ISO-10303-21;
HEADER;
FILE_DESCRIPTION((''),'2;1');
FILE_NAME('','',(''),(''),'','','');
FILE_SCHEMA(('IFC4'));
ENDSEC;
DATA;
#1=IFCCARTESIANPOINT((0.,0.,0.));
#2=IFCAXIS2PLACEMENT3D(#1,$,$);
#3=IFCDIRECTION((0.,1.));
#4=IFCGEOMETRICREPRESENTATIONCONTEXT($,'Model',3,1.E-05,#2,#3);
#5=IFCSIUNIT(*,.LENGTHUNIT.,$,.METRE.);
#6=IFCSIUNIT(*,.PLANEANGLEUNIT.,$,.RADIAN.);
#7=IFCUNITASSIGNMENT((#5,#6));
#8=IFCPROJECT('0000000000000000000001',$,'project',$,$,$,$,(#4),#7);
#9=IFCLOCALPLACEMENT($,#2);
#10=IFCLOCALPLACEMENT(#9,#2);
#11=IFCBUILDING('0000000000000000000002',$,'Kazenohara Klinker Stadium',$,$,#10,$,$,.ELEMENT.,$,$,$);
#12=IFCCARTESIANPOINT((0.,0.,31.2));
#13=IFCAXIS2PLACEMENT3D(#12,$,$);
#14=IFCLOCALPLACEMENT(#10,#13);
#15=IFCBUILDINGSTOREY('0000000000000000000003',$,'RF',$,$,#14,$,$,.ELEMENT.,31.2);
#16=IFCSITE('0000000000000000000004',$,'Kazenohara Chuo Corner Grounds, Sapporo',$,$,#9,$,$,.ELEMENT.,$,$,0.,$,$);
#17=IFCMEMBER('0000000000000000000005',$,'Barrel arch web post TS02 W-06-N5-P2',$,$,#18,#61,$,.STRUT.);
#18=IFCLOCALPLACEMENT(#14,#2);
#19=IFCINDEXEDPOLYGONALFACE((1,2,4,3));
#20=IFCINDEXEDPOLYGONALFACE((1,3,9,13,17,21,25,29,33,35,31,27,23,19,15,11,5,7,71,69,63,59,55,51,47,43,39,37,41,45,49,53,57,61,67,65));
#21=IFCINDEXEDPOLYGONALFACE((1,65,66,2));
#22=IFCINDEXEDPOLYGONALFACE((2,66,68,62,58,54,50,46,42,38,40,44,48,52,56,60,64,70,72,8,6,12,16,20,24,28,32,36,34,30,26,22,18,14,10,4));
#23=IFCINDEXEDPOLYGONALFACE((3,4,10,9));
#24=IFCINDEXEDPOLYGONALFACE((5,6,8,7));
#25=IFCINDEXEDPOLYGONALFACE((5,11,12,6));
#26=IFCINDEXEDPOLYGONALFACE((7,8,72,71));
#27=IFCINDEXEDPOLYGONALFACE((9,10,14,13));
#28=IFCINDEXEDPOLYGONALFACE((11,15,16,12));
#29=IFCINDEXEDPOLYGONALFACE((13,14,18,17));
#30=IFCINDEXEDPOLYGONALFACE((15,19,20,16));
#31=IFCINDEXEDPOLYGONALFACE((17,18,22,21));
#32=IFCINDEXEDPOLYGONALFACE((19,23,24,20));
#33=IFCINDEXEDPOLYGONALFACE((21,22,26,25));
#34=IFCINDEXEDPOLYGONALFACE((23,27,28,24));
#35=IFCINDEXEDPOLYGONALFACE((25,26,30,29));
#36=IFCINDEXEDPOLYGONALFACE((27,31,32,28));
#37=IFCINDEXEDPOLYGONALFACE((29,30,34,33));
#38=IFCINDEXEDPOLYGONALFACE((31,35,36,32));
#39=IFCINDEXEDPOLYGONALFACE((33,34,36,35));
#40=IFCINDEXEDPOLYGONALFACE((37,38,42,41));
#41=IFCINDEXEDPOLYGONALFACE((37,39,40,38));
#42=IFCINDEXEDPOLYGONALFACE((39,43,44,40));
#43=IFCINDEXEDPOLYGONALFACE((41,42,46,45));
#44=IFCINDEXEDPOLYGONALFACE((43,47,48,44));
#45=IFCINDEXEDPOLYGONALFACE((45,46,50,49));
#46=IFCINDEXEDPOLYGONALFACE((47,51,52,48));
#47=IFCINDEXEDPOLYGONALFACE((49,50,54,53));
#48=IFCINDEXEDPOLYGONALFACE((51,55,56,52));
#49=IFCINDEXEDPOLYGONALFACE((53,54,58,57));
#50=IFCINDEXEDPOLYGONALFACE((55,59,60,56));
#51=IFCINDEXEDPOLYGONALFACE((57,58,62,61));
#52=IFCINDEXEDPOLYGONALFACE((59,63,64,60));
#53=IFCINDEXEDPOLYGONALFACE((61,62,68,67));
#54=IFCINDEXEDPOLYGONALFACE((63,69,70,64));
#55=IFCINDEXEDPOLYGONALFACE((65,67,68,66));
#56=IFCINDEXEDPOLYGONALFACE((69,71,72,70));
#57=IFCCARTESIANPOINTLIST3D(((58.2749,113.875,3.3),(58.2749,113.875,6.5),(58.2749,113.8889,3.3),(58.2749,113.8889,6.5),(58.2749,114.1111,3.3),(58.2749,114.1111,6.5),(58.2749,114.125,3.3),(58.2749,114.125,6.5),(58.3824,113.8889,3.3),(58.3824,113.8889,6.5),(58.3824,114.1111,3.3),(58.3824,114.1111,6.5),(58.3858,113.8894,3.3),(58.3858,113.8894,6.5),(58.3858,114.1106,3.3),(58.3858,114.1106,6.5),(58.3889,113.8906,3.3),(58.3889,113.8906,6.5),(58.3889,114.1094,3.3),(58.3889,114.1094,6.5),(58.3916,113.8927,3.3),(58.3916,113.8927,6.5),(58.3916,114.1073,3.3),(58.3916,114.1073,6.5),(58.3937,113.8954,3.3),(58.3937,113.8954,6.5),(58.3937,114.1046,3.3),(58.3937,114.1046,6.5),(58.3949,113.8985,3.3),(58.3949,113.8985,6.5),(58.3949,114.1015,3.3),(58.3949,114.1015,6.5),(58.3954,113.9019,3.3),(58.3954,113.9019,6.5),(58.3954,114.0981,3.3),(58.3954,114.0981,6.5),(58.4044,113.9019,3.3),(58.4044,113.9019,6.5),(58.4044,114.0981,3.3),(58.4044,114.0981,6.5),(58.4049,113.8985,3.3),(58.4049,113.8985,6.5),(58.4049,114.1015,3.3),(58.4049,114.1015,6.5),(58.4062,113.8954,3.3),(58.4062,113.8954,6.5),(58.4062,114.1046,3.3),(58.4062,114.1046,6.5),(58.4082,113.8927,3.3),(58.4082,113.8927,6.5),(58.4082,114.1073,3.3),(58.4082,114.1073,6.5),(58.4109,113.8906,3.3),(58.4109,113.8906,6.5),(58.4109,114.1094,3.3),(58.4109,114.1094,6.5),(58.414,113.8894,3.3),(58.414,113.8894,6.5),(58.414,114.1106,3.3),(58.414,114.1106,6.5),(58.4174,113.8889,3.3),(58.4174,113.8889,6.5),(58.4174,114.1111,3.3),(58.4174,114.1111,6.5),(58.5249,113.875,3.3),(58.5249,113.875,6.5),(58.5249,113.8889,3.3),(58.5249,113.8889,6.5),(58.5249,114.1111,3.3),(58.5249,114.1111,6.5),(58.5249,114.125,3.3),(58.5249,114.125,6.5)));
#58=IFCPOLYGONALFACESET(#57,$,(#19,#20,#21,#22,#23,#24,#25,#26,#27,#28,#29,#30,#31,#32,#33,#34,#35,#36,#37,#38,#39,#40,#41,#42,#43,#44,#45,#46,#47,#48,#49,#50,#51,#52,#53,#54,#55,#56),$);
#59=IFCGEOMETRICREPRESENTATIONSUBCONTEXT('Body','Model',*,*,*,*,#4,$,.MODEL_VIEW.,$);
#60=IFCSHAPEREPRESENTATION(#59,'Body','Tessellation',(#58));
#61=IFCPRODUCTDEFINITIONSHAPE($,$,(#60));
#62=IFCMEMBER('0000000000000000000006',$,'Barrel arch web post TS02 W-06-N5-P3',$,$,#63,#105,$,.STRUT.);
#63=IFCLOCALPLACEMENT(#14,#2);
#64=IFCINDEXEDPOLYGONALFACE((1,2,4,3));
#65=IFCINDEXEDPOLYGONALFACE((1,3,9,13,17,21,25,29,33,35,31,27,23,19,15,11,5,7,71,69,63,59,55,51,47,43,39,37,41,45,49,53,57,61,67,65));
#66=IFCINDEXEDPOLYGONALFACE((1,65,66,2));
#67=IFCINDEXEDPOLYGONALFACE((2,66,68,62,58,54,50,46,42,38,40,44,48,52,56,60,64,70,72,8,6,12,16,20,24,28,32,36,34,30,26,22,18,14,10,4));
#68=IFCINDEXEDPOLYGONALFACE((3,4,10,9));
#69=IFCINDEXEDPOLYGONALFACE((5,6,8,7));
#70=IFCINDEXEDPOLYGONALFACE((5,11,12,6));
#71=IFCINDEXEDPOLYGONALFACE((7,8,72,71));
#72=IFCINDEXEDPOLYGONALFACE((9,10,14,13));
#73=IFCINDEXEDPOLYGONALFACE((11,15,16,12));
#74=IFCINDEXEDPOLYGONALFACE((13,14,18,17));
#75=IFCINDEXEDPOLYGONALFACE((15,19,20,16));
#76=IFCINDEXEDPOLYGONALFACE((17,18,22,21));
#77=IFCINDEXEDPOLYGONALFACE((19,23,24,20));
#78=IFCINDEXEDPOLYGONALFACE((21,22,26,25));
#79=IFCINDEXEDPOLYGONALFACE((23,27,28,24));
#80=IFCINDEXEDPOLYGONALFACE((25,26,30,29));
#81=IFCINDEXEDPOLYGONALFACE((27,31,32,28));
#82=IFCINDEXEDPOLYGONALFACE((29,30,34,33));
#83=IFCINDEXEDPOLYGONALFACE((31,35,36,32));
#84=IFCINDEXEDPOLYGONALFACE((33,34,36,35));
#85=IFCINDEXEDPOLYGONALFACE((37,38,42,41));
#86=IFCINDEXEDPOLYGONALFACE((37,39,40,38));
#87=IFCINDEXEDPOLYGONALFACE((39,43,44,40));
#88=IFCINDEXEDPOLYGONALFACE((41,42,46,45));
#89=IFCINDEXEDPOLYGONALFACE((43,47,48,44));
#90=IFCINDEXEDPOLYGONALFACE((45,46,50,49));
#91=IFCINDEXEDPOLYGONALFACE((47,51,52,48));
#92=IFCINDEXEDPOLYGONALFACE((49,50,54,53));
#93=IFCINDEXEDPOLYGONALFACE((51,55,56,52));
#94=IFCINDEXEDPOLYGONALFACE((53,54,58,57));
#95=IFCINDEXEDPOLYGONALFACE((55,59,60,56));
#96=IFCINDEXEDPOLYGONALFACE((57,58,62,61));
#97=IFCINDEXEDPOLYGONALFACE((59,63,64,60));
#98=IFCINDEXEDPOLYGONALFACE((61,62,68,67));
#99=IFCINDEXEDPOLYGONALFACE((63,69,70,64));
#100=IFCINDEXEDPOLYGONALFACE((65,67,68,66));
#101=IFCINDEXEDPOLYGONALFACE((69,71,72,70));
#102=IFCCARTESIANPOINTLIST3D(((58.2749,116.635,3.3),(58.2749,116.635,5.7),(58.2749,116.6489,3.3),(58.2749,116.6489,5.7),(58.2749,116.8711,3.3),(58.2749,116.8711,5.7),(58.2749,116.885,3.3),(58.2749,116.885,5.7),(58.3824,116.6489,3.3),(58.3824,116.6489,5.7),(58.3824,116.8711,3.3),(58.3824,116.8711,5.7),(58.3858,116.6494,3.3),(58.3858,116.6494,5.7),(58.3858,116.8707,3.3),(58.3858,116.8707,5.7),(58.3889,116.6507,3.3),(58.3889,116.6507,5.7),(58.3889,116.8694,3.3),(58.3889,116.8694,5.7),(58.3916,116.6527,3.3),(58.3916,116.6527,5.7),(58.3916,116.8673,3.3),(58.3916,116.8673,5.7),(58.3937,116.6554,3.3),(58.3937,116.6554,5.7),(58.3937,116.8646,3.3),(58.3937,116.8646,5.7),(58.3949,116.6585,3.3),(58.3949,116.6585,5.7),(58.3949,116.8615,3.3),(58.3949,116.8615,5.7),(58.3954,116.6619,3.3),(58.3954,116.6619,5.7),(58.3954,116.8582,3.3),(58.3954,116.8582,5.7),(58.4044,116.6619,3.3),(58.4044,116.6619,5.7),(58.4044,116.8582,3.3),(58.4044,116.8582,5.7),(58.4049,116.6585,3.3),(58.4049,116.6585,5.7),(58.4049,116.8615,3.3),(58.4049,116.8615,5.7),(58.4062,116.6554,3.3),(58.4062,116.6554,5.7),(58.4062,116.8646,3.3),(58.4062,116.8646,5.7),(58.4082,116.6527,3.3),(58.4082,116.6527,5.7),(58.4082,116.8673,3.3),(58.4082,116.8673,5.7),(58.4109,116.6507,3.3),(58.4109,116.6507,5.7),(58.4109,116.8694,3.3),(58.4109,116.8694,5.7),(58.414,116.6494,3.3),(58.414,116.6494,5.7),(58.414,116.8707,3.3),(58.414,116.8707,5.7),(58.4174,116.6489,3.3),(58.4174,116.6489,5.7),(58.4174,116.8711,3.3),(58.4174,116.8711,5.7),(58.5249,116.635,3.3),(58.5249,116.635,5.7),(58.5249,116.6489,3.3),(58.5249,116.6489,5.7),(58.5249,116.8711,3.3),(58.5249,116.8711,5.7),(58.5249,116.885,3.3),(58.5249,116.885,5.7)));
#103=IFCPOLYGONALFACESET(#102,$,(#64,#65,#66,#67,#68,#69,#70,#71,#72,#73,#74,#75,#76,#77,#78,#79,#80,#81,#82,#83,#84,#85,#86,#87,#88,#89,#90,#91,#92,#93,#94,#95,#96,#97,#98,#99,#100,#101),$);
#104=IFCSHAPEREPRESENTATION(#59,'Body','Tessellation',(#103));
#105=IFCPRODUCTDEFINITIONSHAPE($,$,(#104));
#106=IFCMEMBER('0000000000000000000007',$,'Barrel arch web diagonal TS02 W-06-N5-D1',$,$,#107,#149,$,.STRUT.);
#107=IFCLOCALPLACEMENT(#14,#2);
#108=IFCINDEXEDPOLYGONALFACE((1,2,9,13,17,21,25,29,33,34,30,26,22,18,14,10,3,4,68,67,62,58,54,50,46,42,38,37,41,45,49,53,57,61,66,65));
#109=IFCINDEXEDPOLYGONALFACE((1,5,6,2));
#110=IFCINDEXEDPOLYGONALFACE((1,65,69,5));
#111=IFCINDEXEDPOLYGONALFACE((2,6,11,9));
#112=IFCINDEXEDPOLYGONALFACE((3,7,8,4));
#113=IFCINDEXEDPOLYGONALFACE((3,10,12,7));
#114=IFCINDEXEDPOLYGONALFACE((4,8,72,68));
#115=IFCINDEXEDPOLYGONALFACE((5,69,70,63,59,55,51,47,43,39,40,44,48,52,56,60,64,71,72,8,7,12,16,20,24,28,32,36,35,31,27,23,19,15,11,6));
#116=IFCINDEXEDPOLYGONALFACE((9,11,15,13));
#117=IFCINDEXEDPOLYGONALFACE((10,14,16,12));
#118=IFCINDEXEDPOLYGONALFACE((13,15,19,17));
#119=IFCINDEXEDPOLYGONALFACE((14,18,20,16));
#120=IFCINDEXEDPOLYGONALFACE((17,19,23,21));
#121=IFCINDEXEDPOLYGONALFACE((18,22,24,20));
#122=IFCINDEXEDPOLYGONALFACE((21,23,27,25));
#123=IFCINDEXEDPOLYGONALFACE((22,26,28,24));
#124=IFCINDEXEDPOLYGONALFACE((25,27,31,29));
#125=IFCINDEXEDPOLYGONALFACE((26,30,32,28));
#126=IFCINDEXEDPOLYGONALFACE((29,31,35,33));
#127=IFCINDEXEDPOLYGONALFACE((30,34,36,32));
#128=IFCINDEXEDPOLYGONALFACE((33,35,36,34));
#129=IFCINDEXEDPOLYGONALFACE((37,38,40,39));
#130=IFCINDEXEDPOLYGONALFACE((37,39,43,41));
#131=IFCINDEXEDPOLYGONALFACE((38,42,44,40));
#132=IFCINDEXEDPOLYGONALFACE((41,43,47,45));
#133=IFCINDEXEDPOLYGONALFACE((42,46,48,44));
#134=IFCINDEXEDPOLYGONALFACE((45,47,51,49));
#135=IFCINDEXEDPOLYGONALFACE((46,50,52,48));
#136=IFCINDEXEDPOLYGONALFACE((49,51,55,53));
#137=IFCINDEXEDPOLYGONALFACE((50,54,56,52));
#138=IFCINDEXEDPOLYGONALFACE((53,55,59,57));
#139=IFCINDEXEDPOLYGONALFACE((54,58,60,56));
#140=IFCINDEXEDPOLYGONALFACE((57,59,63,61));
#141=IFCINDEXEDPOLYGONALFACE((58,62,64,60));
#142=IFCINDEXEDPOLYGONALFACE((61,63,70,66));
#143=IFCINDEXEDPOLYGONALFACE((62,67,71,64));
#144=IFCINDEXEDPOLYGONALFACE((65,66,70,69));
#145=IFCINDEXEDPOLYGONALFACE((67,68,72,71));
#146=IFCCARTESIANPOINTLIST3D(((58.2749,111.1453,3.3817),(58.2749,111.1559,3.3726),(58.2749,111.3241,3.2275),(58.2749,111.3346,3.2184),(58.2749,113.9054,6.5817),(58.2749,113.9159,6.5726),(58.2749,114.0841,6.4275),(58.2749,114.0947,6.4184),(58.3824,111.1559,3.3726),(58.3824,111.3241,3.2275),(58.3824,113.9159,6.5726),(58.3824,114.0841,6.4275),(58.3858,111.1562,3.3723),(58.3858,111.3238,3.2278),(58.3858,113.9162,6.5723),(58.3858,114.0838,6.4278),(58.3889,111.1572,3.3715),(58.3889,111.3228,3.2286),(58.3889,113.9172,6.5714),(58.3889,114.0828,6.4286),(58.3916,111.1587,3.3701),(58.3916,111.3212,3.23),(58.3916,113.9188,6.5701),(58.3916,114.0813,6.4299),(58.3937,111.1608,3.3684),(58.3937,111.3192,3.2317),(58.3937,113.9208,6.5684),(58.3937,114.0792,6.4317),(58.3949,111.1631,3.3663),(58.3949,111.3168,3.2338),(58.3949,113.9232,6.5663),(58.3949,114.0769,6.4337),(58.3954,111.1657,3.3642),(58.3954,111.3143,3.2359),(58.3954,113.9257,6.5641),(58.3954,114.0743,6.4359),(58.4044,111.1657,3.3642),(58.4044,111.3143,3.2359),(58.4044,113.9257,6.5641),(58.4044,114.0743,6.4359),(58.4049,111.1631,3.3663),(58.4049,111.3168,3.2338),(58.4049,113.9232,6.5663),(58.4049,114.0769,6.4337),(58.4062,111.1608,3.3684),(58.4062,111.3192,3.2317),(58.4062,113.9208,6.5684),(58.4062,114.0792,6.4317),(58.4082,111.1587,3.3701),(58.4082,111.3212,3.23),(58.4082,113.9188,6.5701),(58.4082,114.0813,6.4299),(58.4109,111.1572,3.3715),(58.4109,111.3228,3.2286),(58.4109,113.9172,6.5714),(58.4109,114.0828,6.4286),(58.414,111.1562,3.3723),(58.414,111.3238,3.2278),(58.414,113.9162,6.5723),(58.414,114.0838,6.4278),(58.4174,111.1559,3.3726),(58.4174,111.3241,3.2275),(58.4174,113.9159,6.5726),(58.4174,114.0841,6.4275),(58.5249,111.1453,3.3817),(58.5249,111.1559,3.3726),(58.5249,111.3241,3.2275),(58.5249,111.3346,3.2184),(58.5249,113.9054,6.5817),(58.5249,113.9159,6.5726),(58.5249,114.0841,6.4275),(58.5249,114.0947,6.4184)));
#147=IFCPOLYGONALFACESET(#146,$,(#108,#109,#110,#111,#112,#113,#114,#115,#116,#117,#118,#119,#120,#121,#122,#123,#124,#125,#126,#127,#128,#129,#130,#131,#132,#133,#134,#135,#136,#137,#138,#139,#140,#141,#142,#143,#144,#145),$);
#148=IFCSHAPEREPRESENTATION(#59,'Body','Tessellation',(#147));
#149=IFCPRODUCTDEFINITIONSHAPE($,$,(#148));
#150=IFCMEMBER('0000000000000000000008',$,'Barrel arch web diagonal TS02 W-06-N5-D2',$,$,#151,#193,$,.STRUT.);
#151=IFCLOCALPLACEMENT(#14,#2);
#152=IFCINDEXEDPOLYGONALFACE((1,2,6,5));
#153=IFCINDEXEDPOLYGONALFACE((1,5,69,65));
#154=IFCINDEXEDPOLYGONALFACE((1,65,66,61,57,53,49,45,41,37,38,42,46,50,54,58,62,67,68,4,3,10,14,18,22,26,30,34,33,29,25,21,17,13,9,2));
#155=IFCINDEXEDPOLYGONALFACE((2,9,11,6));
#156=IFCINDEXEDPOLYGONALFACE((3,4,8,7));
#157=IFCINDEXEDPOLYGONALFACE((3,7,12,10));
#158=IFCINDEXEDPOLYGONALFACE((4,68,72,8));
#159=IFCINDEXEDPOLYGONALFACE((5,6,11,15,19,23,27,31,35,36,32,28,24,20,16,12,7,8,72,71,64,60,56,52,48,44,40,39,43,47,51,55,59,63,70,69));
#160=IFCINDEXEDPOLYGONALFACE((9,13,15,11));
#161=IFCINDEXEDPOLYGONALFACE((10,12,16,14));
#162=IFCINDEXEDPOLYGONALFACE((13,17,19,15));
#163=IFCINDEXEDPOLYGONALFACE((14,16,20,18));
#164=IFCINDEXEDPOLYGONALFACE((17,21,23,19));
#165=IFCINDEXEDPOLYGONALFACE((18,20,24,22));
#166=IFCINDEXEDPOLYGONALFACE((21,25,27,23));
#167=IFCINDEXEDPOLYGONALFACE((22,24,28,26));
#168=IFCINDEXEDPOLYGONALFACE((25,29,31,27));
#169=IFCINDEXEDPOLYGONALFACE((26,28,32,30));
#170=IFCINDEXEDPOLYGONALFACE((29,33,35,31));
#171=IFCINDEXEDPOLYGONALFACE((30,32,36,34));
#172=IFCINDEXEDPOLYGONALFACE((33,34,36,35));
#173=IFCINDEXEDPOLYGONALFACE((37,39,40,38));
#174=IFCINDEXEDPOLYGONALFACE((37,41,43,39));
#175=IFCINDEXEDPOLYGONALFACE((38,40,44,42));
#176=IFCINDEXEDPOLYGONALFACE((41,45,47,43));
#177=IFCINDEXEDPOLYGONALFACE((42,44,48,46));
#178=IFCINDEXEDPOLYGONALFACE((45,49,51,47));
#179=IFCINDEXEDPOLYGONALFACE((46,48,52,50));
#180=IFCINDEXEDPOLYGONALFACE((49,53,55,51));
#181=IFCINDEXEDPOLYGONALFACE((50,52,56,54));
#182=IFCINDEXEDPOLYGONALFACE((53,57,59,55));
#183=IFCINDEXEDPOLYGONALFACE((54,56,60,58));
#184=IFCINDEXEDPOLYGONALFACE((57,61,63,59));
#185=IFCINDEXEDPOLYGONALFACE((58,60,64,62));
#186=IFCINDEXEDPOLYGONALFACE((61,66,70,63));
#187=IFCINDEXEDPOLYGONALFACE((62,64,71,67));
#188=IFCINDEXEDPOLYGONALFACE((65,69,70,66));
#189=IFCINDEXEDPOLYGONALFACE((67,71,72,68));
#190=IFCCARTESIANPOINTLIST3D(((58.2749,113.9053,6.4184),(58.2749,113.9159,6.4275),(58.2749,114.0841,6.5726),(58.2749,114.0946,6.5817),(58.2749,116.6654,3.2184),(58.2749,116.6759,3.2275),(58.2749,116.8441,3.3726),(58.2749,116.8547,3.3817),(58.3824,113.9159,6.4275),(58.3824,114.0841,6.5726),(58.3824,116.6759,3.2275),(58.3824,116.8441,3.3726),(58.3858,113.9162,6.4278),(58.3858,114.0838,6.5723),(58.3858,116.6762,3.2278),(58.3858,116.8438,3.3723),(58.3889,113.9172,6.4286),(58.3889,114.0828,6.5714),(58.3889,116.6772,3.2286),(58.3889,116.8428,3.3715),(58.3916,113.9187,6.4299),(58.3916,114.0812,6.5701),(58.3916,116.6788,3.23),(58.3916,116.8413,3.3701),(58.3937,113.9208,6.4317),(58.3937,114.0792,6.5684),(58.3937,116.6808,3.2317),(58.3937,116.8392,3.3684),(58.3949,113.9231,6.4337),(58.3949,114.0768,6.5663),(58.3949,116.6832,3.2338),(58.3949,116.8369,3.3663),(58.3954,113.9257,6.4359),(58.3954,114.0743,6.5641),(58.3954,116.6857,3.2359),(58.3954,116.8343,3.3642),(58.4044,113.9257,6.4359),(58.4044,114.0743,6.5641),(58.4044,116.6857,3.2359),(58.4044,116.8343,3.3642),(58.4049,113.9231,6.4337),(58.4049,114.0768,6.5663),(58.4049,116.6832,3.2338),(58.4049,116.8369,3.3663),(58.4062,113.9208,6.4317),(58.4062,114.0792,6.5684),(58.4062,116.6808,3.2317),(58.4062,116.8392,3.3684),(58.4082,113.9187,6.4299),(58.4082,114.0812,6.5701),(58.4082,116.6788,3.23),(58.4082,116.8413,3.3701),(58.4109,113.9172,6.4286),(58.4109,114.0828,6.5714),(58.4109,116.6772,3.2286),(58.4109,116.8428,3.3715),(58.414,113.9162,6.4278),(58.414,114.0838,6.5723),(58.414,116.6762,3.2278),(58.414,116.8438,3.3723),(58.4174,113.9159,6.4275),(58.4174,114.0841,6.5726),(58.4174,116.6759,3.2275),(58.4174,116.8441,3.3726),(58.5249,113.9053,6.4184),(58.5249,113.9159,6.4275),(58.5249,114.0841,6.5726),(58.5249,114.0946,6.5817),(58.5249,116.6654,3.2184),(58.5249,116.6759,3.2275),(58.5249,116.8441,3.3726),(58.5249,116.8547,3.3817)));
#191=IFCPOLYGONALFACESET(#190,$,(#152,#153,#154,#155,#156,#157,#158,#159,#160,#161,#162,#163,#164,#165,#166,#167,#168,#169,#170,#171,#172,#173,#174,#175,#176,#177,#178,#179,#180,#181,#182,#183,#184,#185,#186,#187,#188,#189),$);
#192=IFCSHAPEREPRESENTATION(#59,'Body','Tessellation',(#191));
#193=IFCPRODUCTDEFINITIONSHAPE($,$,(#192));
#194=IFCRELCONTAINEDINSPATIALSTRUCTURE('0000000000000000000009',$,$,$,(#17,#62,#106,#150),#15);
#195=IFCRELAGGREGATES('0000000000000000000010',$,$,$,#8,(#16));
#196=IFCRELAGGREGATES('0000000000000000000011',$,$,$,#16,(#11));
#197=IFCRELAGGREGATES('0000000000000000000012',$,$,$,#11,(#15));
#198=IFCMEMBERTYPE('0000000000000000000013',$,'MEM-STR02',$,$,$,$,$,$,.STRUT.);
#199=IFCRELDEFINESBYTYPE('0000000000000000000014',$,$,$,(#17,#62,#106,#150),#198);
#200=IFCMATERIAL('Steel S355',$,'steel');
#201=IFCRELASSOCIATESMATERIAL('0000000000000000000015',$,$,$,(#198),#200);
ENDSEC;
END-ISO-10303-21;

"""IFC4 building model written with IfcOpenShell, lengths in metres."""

from ifc_helpers import new_model, si_unit, direction, frame, origin, origin_2d, place, context, subcontext, project, spatial, i_section, extrude, material, material_profile, profile_set, type_object, element, save


model = new_model("IFC4")

# Units and contexts
model_context = context("Model", 3, precision=1e-05, world=origin(), true_north=direction((0.0, 1.0)))
body_context = subcontext(model_context, "Body", "Model", "MODEL_VIEW")
ifc_project = project(units=[si_unit("LENGTHUNIT", "METRE"), si_unit("PLANEANGLEUNIT", "RADIAN")], contexts=[model_context])

# Site, building, storey
site_placement = place(None, origin())
site = spatial("IfcSite", under=ifc_project, at=site_placement, Name="Kazenohara Chuo Corner Grounds, Sapporo", CompositionType="ELEMENT", RefElevation=0.0)
building_placement = place(site_placement, origin())
building = spatial("IfcBuilding", under=site, at=building_placement, Name="Kazenohara Klinker Stadium", CompositionType="ELEMENT")
storey_placement = place(building_placement, frame((0.0, 0.0, 31.2)))
storey = spatial("IfcBuildingStorey", under=building, at=storey_placement, Name="RF", CompositionType="ELEMENT", Elevation=31.2)

# Members
ifc_material = material(Name="Steel S355", Category="steel")
ifc_material_profile_1 = material_profile(ifc_material, i_section(OverallWidth=0.25, OverallDepth=0.25, WebThickness=0.009, FlangeThickness=0.0139, FilletRadius=0.0129, at=origin_2d()), Name="H-250x250x9x14")
ifc_profile_set_1 = profile_set([ifc_material_profile_1], Name="Steel S355")
member_type_1 = type_object("IfcMemberType", Name="MEM-STR02", PredefinedType="STRUT", material=ifc_profile_set_1)
member_1_placement = place(storey_placement, frame((58.3999, 114.0, 3.3), z_axis=(0.0, 0.0, 1.0), x_axis=(1.0, 0.0, 0.0)))
element("IfcMember", 1, at=member_1_placement, inside=storey, type_object=member_type_1, Name="Barrel arch web post TS02 W-06-N5-P2", PredefinedType="STRUT", context=body_context, shape_type="SweptSolid", body=[
    extrude(i_section(OverallWidth=0.25, OverallDepth=0.25, WebThickness=0.009, FlangeThickness=0.0139, FilletRadius=0.0129, at=origin_2d()), origin(), (0.0, 0.0, 1.0), 3.2),
])
member_2_placement = place(storey_placement, frame((58.3999, 116.76, 3.3), z_axis=(0.0, 0.0, 1.0), x_axis=(1.0, 0.0, 0.0)))
element("IfcMember", 2, at=member_2_placement, inside=storey, type_object=member_type_1, Name="Barrel arch web post TS02 W-06-N5-P3", PredefinedType="STRUT", context=body_context, shape_type="SweptSolid", body=[
    extrude(i_section(OverallWidth=0.25, OverallDepth=0.25, WebThickness=0.009, FlangeThickness=0.0139, FilletRadius=0.0129, at=origin_2d()), origin(), (0.0, 0.0, 1.0), 2.3999),
])
for number, where, z_axis, x_axis, name in (
    (3, (58.3999, 111.24, 3.3), (0.0, 0.653134, 0.757242), (-1.0, 0.0, 0.0), "Barrel arch web diagonal TS02 W-06-N5-D1"),
    (4, (58.3999, 116.76, 3.3), (0.0, -0.653134, 0.757242), (1.0, 0.0, 0.0), "Barrel arch web diagonal TS02 W-06-N5-D2"),
):
    element("IfcMember", number, at=place(storey_placement, frame(where, z_axis=z_axis, x_axis=x_axis)), inside=storey, type_object=member_type_1, Name=name, PredefinedType="STRUT", context=body_context, shape_type="SweptSolid", body=[
        extrude(i_section(OverallWidth=0.25, OverallDepth=0.25, WebThickness=0.009, FlangeThickness=0.0139, FilletRadius=0.0129, at=origin_2d()), origin(), (0.0, 0.0, 1.0), 4.2258),
    ])

save(model, "model.ifc")
